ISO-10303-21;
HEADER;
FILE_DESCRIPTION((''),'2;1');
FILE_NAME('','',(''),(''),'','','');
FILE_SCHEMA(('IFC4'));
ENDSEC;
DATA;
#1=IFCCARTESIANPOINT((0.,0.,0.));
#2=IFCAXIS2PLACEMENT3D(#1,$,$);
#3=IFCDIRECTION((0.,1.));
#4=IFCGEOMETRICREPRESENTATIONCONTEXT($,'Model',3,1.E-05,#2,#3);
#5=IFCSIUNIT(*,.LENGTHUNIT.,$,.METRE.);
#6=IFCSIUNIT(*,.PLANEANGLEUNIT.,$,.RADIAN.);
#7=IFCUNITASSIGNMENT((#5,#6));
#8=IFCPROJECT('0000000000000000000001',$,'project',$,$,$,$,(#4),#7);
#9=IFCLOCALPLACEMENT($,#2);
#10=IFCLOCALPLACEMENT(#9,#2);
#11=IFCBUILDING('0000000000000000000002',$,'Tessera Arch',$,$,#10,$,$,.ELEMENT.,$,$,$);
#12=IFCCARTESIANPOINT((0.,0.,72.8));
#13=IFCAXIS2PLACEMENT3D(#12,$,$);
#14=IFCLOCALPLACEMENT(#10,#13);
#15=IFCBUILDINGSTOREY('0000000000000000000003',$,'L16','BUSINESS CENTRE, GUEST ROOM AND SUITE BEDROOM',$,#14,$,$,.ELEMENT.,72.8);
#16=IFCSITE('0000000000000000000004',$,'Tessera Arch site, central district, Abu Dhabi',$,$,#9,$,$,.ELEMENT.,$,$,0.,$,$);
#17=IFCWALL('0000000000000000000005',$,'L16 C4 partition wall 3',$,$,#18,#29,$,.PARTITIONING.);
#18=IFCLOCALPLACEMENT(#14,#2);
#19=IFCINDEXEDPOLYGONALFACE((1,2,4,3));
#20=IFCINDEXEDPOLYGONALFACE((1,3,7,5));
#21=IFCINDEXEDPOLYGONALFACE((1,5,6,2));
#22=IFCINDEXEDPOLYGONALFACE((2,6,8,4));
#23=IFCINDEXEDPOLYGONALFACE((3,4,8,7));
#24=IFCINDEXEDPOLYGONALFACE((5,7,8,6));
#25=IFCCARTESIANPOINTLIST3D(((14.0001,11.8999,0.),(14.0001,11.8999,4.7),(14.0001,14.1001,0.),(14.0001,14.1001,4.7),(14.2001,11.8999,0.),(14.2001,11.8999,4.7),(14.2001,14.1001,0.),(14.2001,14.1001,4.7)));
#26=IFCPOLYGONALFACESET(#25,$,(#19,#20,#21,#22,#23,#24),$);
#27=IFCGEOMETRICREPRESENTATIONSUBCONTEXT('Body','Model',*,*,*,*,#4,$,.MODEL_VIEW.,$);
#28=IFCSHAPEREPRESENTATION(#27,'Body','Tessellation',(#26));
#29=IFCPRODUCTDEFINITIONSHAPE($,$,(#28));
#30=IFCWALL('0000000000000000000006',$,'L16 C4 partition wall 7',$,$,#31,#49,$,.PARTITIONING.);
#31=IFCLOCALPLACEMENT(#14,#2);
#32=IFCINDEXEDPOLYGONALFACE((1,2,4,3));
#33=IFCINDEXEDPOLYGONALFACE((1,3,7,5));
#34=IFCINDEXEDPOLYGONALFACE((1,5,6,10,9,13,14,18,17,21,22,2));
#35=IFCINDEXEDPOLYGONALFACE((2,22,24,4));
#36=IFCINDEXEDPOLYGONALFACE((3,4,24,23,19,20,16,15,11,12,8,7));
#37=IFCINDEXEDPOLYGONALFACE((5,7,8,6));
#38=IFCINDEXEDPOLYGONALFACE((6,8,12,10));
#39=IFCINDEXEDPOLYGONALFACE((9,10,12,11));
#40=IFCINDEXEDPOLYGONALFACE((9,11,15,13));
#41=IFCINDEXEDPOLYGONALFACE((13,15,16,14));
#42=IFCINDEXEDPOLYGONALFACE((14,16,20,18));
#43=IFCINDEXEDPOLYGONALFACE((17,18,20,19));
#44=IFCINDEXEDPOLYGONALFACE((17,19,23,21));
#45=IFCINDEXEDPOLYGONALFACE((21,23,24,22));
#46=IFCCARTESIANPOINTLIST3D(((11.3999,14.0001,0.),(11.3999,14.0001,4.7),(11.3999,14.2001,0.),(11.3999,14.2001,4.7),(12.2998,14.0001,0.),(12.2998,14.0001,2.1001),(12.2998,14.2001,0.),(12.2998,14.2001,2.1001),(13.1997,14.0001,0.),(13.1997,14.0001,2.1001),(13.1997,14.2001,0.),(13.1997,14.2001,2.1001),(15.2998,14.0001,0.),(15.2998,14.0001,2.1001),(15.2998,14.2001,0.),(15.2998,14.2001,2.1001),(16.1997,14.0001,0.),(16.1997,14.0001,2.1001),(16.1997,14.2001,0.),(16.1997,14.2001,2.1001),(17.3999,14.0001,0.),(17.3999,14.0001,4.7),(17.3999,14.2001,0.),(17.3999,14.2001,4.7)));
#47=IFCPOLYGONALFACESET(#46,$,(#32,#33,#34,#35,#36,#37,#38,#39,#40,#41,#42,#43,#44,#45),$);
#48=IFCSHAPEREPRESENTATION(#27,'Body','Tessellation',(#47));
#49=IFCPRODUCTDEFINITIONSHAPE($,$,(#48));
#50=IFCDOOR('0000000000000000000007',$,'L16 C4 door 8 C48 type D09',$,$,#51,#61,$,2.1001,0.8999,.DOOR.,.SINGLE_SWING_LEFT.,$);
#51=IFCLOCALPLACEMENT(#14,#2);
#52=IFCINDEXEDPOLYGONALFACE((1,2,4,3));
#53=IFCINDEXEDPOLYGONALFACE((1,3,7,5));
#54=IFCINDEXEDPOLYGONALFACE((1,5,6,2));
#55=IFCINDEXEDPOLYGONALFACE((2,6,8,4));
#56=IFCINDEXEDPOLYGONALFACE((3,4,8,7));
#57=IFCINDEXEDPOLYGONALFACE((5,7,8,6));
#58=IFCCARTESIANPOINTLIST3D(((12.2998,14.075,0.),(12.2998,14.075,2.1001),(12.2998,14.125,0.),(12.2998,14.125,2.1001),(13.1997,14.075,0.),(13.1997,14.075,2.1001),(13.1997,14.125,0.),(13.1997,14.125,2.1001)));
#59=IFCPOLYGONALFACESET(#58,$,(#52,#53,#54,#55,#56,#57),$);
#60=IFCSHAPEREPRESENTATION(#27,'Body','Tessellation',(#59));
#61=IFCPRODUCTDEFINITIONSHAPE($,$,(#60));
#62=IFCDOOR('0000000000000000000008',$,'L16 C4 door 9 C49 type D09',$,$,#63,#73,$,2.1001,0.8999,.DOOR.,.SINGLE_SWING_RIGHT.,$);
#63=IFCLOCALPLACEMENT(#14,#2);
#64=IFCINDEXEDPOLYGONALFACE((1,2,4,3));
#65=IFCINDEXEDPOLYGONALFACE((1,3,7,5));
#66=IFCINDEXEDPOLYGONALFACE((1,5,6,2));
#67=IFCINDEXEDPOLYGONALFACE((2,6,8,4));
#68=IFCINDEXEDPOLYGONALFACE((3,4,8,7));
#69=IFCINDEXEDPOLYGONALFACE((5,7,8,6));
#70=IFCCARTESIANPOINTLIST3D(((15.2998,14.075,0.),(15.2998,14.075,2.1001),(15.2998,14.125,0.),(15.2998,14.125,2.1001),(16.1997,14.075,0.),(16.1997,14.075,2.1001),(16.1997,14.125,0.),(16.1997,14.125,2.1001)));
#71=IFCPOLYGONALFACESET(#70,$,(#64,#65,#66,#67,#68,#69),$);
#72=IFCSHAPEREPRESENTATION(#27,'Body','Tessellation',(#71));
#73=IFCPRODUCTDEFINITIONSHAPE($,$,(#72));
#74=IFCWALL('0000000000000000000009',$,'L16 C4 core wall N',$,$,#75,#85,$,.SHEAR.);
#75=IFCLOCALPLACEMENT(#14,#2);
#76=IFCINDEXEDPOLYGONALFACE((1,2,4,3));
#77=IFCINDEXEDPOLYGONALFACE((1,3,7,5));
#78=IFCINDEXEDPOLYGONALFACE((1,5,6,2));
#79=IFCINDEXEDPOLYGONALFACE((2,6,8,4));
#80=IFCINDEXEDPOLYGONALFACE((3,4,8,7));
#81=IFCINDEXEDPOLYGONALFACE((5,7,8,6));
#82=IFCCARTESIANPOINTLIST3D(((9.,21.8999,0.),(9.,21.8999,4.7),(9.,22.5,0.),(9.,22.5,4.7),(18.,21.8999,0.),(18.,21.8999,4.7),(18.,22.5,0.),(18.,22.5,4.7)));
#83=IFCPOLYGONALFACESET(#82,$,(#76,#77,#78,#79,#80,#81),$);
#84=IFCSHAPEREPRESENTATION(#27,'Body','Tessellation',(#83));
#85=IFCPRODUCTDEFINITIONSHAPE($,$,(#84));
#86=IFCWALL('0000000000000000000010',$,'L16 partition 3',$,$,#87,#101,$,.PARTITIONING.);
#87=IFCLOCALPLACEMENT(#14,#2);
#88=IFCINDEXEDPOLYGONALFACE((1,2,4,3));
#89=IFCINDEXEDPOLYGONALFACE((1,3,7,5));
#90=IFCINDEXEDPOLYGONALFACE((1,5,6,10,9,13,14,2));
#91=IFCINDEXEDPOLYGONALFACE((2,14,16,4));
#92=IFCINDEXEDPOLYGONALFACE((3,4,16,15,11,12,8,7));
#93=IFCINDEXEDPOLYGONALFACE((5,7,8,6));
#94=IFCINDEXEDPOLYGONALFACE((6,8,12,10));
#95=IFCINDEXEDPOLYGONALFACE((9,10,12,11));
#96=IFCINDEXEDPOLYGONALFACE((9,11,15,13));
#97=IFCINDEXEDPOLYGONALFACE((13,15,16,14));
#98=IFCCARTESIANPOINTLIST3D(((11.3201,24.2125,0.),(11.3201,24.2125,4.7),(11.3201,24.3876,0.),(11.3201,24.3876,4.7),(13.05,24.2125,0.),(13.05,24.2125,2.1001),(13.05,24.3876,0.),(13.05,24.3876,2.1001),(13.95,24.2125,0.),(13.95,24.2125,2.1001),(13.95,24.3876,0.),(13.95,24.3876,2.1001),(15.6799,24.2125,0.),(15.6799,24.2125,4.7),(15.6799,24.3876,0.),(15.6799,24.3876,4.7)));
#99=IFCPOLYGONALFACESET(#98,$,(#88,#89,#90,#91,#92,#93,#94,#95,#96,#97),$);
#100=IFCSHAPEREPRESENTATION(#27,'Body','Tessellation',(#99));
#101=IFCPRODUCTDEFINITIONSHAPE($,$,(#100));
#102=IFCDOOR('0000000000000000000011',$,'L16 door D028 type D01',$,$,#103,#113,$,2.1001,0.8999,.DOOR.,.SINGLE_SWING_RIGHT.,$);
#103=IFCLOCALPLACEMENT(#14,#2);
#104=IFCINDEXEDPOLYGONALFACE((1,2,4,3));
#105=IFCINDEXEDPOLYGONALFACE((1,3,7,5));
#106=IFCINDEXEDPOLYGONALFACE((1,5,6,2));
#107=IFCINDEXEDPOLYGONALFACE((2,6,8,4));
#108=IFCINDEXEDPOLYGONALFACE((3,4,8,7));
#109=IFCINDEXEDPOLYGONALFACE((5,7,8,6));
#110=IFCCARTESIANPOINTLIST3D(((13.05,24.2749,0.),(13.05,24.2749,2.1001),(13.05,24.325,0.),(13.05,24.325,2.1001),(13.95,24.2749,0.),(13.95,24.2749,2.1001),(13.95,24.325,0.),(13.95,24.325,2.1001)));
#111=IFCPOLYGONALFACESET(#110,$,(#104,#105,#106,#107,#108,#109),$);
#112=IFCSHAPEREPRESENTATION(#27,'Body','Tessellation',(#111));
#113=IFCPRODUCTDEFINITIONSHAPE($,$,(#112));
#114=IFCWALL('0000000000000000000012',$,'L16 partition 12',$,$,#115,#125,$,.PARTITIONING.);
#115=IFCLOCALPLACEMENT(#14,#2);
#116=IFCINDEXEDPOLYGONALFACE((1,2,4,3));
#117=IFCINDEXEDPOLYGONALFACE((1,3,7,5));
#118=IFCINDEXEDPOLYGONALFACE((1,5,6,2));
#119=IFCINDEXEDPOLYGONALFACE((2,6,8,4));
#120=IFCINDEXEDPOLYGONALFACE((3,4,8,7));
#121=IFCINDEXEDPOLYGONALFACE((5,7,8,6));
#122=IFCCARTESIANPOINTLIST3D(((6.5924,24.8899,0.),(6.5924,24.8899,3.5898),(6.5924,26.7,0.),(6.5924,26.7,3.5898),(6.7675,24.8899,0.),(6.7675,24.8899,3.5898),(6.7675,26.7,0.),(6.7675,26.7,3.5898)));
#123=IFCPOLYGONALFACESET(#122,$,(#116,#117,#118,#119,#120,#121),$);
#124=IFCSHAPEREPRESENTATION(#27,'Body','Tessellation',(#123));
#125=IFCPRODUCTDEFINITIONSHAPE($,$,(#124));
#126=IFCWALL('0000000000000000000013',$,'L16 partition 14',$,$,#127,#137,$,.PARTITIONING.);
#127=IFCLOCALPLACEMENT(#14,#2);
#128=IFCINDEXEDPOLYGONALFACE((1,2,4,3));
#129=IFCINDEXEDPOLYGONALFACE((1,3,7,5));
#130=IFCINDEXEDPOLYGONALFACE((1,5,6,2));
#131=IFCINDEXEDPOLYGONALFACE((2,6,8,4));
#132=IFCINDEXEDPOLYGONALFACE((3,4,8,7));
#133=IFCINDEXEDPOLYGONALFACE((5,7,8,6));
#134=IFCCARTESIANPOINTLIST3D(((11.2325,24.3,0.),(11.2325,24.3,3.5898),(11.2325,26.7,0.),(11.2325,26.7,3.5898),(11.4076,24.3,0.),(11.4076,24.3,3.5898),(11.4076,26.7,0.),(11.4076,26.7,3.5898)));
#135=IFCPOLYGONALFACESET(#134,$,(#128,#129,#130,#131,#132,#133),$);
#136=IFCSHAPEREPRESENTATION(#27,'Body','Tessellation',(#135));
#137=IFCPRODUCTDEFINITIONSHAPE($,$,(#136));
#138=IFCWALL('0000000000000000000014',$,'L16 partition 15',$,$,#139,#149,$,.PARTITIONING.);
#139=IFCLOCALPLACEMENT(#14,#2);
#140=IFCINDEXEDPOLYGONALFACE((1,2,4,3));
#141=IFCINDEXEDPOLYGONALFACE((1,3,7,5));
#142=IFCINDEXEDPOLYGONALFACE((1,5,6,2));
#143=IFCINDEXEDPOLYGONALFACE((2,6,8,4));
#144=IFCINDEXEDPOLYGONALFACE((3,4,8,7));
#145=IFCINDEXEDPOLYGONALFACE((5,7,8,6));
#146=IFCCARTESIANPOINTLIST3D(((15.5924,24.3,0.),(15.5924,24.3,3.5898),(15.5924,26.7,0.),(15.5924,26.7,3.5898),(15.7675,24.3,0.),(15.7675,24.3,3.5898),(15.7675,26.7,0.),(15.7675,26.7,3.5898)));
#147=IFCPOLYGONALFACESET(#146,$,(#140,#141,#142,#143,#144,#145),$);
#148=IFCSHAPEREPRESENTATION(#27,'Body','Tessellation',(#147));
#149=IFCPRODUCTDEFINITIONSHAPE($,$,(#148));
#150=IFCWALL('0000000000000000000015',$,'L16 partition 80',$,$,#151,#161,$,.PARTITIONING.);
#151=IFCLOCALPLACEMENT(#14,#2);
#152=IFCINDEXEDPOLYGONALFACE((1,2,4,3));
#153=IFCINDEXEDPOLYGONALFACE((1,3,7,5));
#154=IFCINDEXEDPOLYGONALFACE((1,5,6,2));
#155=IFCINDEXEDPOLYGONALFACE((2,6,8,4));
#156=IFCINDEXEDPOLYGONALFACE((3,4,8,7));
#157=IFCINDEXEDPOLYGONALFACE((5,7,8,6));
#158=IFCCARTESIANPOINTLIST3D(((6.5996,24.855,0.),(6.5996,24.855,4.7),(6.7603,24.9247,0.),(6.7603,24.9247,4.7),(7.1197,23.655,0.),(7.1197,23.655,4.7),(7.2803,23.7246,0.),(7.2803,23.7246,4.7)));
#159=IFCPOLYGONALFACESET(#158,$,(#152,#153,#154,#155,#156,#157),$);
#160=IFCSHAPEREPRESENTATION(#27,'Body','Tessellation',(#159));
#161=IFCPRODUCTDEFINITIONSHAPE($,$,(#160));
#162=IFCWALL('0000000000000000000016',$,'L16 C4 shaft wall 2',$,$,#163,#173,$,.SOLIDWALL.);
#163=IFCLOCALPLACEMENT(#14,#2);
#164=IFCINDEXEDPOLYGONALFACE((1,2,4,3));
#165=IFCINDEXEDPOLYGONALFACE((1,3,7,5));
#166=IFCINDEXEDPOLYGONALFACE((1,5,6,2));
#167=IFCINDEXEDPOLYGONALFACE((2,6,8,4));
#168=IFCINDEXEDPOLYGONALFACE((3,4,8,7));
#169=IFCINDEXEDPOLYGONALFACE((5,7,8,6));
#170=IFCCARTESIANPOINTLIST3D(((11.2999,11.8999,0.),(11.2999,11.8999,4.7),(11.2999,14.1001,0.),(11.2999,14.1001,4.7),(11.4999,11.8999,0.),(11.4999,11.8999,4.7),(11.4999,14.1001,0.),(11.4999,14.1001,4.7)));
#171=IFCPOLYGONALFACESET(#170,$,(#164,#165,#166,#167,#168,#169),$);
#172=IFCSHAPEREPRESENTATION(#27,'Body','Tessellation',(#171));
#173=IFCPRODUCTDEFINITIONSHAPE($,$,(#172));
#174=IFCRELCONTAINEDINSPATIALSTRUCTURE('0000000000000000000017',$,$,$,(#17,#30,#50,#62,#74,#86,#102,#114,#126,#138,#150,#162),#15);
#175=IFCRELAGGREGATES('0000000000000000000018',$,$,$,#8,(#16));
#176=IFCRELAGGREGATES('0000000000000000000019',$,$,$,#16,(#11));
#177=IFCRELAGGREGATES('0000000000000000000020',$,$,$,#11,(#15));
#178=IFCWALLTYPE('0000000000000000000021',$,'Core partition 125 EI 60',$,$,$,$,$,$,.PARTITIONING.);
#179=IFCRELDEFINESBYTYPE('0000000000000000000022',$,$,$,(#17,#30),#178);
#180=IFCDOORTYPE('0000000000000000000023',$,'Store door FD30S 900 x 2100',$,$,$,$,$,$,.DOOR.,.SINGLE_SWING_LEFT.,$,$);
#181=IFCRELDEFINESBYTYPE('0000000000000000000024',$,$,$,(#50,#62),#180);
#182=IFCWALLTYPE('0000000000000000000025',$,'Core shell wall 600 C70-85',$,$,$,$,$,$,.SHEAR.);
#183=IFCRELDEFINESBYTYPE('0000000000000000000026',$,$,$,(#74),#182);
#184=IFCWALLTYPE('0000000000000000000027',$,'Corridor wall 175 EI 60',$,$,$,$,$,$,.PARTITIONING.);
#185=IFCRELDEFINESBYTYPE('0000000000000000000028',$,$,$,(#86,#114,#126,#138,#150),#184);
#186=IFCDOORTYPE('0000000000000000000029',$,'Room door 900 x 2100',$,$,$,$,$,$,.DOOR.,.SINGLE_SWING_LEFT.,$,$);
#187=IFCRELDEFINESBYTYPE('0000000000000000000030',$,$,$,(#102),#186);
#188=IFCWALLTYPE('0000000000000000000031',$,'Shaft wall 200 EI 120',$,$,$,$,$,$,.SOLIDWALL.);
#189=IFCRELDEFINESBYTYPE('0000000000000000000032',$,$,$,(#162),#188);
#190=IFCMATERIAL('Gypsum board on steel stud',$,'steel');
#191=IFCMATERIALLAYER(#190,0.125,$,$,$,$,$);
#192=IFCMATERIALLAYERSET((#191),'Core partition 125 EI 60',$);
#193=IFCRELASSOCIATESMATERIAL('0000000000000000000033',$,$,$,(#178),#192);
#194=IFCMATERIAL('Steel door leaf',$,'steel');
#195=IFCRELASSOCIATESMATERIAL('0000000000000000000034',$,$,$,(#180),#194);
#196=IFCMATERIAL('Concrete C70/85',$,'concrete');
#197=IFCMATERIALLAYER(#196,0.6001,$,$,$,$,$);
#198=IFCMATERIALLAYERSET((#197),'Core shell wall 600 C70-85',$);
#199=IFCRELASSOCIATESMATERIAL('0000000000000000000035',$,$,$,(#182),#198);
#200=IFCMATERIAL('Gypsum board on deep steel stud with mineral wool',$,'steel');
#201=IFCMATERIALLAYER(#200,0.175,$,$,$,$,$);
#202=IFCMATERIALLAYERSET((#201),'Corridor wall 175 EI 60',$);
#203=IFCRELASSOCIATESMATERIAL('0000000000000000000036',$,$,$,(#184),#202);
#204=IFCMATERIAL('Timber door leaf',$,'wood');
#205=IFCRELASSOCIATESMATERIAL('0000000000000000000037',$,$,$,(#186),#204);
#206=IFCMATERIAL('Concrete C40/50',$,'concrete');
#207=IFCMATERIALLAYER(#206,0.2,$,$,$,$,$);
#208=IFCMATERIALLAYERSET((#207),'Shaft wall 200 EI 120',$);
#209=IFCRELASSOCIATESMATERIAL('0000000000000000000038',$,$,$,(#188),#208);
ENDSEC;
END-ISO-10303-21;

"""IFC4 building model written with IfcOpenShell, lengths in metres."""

from ifc_helpers import new_model, si_unit, direction, frame, frame_2d, origin, place, context, subcontext, project, spatial, rectangle, extrude, material, layer, layer_set, type_object, element, fill, save


model = new_model("IFC4")

# Units and contexts
model_context = context("Model", 3, precision=1e-05, world=origin(), true_north=direction((0.0, 1.0)))
body_context = subcontext(model_context, "Body", "Model", "MODEL_VIEW")
ifc_project = project(units=[si_unit("LENGTHUNIT", "METRE"), si_unit("PLANEANGLEUNIT", "RADIAN")], contexts=[model_context])

# Site, building, storey
site_placement = place(None, origin())
site = spatial("IfcSite", under=ifc_project, at=site_placement, Name="Tessera Arch site, central district, Abu Dhabi", CompositionType="ELEMENT", RefElevation=0.0)
building_placement = place(site_placement, origin())
building = spatial("IfcBuilding", under=site, at=building_placement, Name="Tessera Arch", CompositionType="ELEMENT")
storey_placement = place(building_placement, frame((0.0, 0.0, 72.8)))
storey = spatial("IfcBuildingStorey", under=building, at=storey_placement, Name="L16", Description="BUSINESS CENTRE, GUEST ROOM AND SUITE BEDROOM", CompositionType="ELEMENT", Elevation=72.8)

# Wall
ifc_material_1 = material(Name="Gypsum board on steel stud", Category="steel")
ifc_layer_1 = layer(ifc_material_1, 0.125)
ifc_layer_set_1 = layer_set([ifc_layer_1], Name="Core partition 125 EI 60")
wall_type_1 = type_object("IfcWallType", Name="Core partition 125 EI 60", PredefinedType="PARTITIONING", material=ifc_layer_set_1)
wall_1_placement = place(storey_placement, frame((14.1001, 11.8999, 0.0), z_axis=(0.0, 0.0, 1.0), x_axis=(0.0, 1.0, 0.0)))
element("IfcWall", 1, at=wall_1_placement, inside=storey, type_object=wall_type_1, Name="L16 C4 partition wall 3", PredefinedType="PARTITIONING", context=body_context, shape_type="SweptSolid", body=[
    extrude(rectangle(XDim=2.2002, YDim=0.2, at=frame_2d((1.1001, 0.0))), origin(), (0.0, 0.0, 1.0), 4.7),
])

# Wall, openings, doors
wall_2_placement = place(storey_placement, frame((11.3999, 14.1001, 0.0), z_axis=(0.0, 0.0, 1.0), x_axis=(1.0, 0.0, 0.0)))
wall_2 = element("IfcWall", 2, at=wall_2_placement, inside=storey, type_object=wall_type_1, Name="L16 C4 partition wall 7", PredefinedType="PARTITIONING", context=body_context, shape_type="SweptSolid", body=[
    extrude(rectangle(XDim=6.0, YDim=0.2, at=frame_2d((3.0, 0.0))), origin(), (0.0, 0.0, 1.0), 4.7),
])
opening_1_placement = place(wall_2_placement, frame((0.8999, 0.0, 0.0)))
opening_1 = element("IfcOpeningElement", 3, at=opening_1_placement, cuts=wall_2, PredefinedType="OPENING", context=body_context, shape_type="SweptSolid", body=[
    extrude(rectangle(XDim=0.8999, YDim=2.1001, at=frame_2d((0.45, 1.05))), frame((0.0, 0.1099, 0.0), z_axis=(0.0, -1.0, 0.0), x_axis=(1.0, 0.0, 0.0)), (0.0, 0.0, 1.0), 0.22),
])
opening_2_placement = place(wall_2_placement, frame((3.8999, 0.0, 0.0)))
opening_2 = element("IfcOpeningElement", 4, at=opening_2_placement, cuts=wall_2, PredefinedType="OPENING", context=body_context, shape_type="SweptSolid", body=[
    extrude(rectangle(XDim=0.8999, YDim=2.1001, at=frame_2d((0.45, 1.05))), frame((0.0, 0.1099, 0.0), z_axis=(0.0, -1.0, 0.0), x_axis=(1.0, 0.0, 0.0)), (0.0, 0.0, 1.0), 0.22),
])
ifc_material_2 = material(Name="Steel door leaf", Category="steel")
door_type_1 = type_object("IfcDoorType", Name="Store door FD30S 900 x 2100", OperationType="SINGLE_SWING_LEFT", PredefinedType="DOOR", material=ifc_material_2)
door_1_placement = place(opening_1_placement, origin())
door_1 = element("IfcDoor", 5, at=door_1_placement, inside=storey, type_object=door_type_1, Name="L16 C4 door 8 C48 type D09", OperationType="SINGLE_SWING_LEFT", OverallHeight=2.1001, OverallWidth=0.8999, PredefinedType="DOOR", context=body_context, shape_type="SweptSolid", body=[
    extrude(rectangle(XDim=0.8999, YDim=2.1001, at=frame_2d((0.45, 1.05))), frame((0.0, 0.0249, 0.0), z_axis=(0.0, -1.0, 0.0), x_axis=(1.0, 0.0, 0.0)), (0.0, 0.0, 1.0), 0.05),
])
fill(opening_1, door_1)
door_2_placement = place(opening_2_placement, origin())
door_2 = element("IfcDoor", 6, at=door_2_placement, inside=storey, type_object=door_type_1, Name="L16 C4 door 9 C49 type D09", OperationType="SINGLE_SWING_RIGHT", OverallHeight=2.1001, OverallWidth=0.8999, PredefinedType="DOOR", context=body_context, shape_type="SweptSolid", body=[
    extrude(rectangle(XDim=0.8999, YDim=2.1001, at=frame_2d((0.45, 1.05))), frame((0.0, 0.0249, 0.0), z_axis=(0.0, -1.0, 0.0), x_axis=(1.0, 0.0, 0.0)), (0.0, 0.0, 1.0), 0.05),
])
fill(opening_2, door_2)

# Wall
ifc_material_3 = material(Name="Concrete C70/85", Category="concrete")
ifc_layer_2 = layer(ifc_material_3, 0.6001)
ifc_layer_set_2 = layer_set([ifc_layer_2], Name="Core shell wall 600 C70-85")
wall_type_2 = type_object("IfcWallType", Name="Core shell wall 600 C70-85", PredefinedType="SHEAR", material=ifc_layer_set_2)
wall_3_placement = place(storey_placement, frame((9.0, 22.2, 0.0), z_axis=(0.0, 0.0, 1.0), x_axis=(1.0, 0.0, 0.0)))
element("IfcWall", 7, at=wall_3_placement, inside=storey, type_object=wall_type_2, Name="L16 C4 core wall N", PredefinedType="SHEAR", context=body_context, shape_type="SweptSolid", body=[
    extrude(rectangle(XDim=9.0, YDim=0.6001, at=frame_2d((4.5, 0.0))), origin(), (0.0, 0.0, 1.0), 4.7),
])

# Wall, opening, door
ifc_material_4 = material(Name="Gypsum board on deep steel stud with mineral wool", Category="steel")
ifc_layer_3 = layer(ifc_material_4, 0.175)
ifc_layer_set_3 = layer_set([ifc_layer_3], Name="Corridor wall 175 EI 60")
wall_type_3 = type_object("IfcWallType", Name="Corridor wall 175 EI 60", PredefinedType="PARTITIONING", material=ifc_layer_set_3)
wall_4_placement = place(storey_placement, frame((11.3201, 24.3, 0.0), z_axis=(0.0, 0.0, 1.0), x_axis=(1.0, 0.0, 0.0)))
wall_4 = element("IfcWall", 8, at=wall_4_placement, inside=storey, type_object=wall_type_3, Name="L16 partition 3", PredefinedType="PARTITIONING", context=body_context, shape_type="SweptSolid", body=[
    extrude(rectangle(XDim=4.3599, YDim=0.175, at=frame_2d((2.1799, 0.0))), origin(), (0.0, 0.0, 1.0), 4.7),
])
opening_3_placement = place(wall_4_placement, frame((1.73, 0.0, 0.0)))
opening_3 = element("IfcOpeningElement", 9, at=opening_3_placement, cuts=wall_4, PredefinedType="OPENING", context=body_context, shape_type="SweptSolid", body=[
    extrude(rectangle(XDim=0.8999, YDim=2.1001, at=frame_2d((0.45, 1.05))), frame((0.0, 0.0974, 0.0), z_axis=(0.0, -1.0, 0.0), x_axis=(1.0, 0.0, 0.0)), (0.0, 0.0, 1.0), 0.1951),
])
ifc_material_5 = material(Name="Timber door leaf", Category="wood")
door_type_2 = type_object("IfcDoorType", Name="Room door 900 x 2100", OperationType="SINGLE_SWING_LEFT", PredefinedType="DOOR", material=ifc_material_5)
door_3_placement = place(opening_3_placement, origin())
door_3 = element("IfcDoor", 10, at=door_3_placement, inside=storey, type_object=door_type_2, Name="L16 door D028 type D01", OperationType="SINGLE_SWING_RIGHT", OverallHeight=2.1001, OverallWidth=0.8999, PredefinedType="DOOR", context=body_context, shape_type="SweptSolid", body=[
    extrude(rectangle(XDim=0.8999, YDim=2.1001, at=frame_2d((0.45, 1.05))), frame((0.0, 0.0249, 0.0), z_axis=(0.0, -1.0, 0.0), x_axis=(1.0, 0.0, 0.0)), (0.0, 0.0, 1.0), 0.05),
])
fill(opening_3, door_3)

# Walls
wall_5_placement = place(storey_placement, frame((6.6799, 24.8899, 0.0), z_axis=(0.0, 0.0, 1.0), x_axis=(0.0, 1.0, 0.0)))
element("IfcWall", 11, at=wall_5_placement, inside=storey, type_object=wall_type_3, Name="L16 partition 12", PredefinedType="PARTITIONING", context=body_context, shape_type="SweptSolid", body=[
    extrude(rectangle(XDim=1.8101, YDim=0.175, at=frame_2d((0.905, 0.0))), origin(), (0.0, 0.0, 1.0), 3.5898),
])
for number, where, z_axis, x_axis, name in (
    (12, (11.3201, 24.3, 0.0), (0.0, 0.0, 1.0), (0.0, 1.0, 0.0), "L16 partition 14"),
    (13, (15.6799, 24.3, 0.0), (0.0, 0.0, 1.0), (0.0, 1.0, 0.0), "L16 partition 15"),
):
    element("IfcWall", number, at=place(storey_placement, frame(where, z_axis=z_axis, x_axis=x_axis)), inside=storey, type_object=wall_type_3, Name=name, PredefinedType="PARTITIONING", context=body_context, shape_type="SweptSolid", body=[
        extrude(rectangle(XDim=2.3999, YDim=0.175, at=frame_2d((1.2, 0.0))), origin(), (0.0, 0.0, 1.0), 3.5898),
    ])
wall_6_placement = place(storey_placement, frame((7.2, 23.6899, 0.0), z_axis=(0.0, 0.0, 1.0), x_axis=(-0.397634, 0.917544, 0.0)))
element("IfcWall", 14, at=wall_6_placement, inside=storey, type_object=wall_type_3, Name="L16 partition 80", PredefinedType="PARTITIONING", context=body_context, shape_type="SweptSolid", body=[
    extrude(rectangle(XDim=1.3079, YDim=0.175, at=frame_2d((0.6538, 0.0))), origin(), (0.0, 0.0, 1.0), 4.7),
])
ifc_material_6 = material(Name="Concrete C40/50", Category="concrete")
ifc_layer_4 = layer(ifc_material_6, 0.2)
ifc_layer_set_4 = layer_set([ifc_layer_4], Name="Shaft wall 200 EI 120")
wall_type_4 = type_object("IfcWallType", Name="Shaft wall 200 EI 120", PredefinedType="SOLIDWALL", material=ifc_layer_set_4)
wall_7_placement = place(storey_placement, frame((11.3999, 11.8999, 0.0), z_axis=(0.0, 0.0, 1.0), x_axis=(0.0, 1.0, 0.0)))
element("IfcWall", 15, at=wall_7_placement, inside=storey, type_object=wall_type_4, Name="L16 C4 shaft wall 2", PredefinedType="SOLIDWALL", context=body_context, shape_type="SweptSolid", body=[
    extrude(rectangle(XDim=2.2002, YDim=0.2, at=frame_2d((1.1001, 0.0))), origin(), (0.0, 0.0, 1.0), 4.7),
])

save(model, "model.ifc")
